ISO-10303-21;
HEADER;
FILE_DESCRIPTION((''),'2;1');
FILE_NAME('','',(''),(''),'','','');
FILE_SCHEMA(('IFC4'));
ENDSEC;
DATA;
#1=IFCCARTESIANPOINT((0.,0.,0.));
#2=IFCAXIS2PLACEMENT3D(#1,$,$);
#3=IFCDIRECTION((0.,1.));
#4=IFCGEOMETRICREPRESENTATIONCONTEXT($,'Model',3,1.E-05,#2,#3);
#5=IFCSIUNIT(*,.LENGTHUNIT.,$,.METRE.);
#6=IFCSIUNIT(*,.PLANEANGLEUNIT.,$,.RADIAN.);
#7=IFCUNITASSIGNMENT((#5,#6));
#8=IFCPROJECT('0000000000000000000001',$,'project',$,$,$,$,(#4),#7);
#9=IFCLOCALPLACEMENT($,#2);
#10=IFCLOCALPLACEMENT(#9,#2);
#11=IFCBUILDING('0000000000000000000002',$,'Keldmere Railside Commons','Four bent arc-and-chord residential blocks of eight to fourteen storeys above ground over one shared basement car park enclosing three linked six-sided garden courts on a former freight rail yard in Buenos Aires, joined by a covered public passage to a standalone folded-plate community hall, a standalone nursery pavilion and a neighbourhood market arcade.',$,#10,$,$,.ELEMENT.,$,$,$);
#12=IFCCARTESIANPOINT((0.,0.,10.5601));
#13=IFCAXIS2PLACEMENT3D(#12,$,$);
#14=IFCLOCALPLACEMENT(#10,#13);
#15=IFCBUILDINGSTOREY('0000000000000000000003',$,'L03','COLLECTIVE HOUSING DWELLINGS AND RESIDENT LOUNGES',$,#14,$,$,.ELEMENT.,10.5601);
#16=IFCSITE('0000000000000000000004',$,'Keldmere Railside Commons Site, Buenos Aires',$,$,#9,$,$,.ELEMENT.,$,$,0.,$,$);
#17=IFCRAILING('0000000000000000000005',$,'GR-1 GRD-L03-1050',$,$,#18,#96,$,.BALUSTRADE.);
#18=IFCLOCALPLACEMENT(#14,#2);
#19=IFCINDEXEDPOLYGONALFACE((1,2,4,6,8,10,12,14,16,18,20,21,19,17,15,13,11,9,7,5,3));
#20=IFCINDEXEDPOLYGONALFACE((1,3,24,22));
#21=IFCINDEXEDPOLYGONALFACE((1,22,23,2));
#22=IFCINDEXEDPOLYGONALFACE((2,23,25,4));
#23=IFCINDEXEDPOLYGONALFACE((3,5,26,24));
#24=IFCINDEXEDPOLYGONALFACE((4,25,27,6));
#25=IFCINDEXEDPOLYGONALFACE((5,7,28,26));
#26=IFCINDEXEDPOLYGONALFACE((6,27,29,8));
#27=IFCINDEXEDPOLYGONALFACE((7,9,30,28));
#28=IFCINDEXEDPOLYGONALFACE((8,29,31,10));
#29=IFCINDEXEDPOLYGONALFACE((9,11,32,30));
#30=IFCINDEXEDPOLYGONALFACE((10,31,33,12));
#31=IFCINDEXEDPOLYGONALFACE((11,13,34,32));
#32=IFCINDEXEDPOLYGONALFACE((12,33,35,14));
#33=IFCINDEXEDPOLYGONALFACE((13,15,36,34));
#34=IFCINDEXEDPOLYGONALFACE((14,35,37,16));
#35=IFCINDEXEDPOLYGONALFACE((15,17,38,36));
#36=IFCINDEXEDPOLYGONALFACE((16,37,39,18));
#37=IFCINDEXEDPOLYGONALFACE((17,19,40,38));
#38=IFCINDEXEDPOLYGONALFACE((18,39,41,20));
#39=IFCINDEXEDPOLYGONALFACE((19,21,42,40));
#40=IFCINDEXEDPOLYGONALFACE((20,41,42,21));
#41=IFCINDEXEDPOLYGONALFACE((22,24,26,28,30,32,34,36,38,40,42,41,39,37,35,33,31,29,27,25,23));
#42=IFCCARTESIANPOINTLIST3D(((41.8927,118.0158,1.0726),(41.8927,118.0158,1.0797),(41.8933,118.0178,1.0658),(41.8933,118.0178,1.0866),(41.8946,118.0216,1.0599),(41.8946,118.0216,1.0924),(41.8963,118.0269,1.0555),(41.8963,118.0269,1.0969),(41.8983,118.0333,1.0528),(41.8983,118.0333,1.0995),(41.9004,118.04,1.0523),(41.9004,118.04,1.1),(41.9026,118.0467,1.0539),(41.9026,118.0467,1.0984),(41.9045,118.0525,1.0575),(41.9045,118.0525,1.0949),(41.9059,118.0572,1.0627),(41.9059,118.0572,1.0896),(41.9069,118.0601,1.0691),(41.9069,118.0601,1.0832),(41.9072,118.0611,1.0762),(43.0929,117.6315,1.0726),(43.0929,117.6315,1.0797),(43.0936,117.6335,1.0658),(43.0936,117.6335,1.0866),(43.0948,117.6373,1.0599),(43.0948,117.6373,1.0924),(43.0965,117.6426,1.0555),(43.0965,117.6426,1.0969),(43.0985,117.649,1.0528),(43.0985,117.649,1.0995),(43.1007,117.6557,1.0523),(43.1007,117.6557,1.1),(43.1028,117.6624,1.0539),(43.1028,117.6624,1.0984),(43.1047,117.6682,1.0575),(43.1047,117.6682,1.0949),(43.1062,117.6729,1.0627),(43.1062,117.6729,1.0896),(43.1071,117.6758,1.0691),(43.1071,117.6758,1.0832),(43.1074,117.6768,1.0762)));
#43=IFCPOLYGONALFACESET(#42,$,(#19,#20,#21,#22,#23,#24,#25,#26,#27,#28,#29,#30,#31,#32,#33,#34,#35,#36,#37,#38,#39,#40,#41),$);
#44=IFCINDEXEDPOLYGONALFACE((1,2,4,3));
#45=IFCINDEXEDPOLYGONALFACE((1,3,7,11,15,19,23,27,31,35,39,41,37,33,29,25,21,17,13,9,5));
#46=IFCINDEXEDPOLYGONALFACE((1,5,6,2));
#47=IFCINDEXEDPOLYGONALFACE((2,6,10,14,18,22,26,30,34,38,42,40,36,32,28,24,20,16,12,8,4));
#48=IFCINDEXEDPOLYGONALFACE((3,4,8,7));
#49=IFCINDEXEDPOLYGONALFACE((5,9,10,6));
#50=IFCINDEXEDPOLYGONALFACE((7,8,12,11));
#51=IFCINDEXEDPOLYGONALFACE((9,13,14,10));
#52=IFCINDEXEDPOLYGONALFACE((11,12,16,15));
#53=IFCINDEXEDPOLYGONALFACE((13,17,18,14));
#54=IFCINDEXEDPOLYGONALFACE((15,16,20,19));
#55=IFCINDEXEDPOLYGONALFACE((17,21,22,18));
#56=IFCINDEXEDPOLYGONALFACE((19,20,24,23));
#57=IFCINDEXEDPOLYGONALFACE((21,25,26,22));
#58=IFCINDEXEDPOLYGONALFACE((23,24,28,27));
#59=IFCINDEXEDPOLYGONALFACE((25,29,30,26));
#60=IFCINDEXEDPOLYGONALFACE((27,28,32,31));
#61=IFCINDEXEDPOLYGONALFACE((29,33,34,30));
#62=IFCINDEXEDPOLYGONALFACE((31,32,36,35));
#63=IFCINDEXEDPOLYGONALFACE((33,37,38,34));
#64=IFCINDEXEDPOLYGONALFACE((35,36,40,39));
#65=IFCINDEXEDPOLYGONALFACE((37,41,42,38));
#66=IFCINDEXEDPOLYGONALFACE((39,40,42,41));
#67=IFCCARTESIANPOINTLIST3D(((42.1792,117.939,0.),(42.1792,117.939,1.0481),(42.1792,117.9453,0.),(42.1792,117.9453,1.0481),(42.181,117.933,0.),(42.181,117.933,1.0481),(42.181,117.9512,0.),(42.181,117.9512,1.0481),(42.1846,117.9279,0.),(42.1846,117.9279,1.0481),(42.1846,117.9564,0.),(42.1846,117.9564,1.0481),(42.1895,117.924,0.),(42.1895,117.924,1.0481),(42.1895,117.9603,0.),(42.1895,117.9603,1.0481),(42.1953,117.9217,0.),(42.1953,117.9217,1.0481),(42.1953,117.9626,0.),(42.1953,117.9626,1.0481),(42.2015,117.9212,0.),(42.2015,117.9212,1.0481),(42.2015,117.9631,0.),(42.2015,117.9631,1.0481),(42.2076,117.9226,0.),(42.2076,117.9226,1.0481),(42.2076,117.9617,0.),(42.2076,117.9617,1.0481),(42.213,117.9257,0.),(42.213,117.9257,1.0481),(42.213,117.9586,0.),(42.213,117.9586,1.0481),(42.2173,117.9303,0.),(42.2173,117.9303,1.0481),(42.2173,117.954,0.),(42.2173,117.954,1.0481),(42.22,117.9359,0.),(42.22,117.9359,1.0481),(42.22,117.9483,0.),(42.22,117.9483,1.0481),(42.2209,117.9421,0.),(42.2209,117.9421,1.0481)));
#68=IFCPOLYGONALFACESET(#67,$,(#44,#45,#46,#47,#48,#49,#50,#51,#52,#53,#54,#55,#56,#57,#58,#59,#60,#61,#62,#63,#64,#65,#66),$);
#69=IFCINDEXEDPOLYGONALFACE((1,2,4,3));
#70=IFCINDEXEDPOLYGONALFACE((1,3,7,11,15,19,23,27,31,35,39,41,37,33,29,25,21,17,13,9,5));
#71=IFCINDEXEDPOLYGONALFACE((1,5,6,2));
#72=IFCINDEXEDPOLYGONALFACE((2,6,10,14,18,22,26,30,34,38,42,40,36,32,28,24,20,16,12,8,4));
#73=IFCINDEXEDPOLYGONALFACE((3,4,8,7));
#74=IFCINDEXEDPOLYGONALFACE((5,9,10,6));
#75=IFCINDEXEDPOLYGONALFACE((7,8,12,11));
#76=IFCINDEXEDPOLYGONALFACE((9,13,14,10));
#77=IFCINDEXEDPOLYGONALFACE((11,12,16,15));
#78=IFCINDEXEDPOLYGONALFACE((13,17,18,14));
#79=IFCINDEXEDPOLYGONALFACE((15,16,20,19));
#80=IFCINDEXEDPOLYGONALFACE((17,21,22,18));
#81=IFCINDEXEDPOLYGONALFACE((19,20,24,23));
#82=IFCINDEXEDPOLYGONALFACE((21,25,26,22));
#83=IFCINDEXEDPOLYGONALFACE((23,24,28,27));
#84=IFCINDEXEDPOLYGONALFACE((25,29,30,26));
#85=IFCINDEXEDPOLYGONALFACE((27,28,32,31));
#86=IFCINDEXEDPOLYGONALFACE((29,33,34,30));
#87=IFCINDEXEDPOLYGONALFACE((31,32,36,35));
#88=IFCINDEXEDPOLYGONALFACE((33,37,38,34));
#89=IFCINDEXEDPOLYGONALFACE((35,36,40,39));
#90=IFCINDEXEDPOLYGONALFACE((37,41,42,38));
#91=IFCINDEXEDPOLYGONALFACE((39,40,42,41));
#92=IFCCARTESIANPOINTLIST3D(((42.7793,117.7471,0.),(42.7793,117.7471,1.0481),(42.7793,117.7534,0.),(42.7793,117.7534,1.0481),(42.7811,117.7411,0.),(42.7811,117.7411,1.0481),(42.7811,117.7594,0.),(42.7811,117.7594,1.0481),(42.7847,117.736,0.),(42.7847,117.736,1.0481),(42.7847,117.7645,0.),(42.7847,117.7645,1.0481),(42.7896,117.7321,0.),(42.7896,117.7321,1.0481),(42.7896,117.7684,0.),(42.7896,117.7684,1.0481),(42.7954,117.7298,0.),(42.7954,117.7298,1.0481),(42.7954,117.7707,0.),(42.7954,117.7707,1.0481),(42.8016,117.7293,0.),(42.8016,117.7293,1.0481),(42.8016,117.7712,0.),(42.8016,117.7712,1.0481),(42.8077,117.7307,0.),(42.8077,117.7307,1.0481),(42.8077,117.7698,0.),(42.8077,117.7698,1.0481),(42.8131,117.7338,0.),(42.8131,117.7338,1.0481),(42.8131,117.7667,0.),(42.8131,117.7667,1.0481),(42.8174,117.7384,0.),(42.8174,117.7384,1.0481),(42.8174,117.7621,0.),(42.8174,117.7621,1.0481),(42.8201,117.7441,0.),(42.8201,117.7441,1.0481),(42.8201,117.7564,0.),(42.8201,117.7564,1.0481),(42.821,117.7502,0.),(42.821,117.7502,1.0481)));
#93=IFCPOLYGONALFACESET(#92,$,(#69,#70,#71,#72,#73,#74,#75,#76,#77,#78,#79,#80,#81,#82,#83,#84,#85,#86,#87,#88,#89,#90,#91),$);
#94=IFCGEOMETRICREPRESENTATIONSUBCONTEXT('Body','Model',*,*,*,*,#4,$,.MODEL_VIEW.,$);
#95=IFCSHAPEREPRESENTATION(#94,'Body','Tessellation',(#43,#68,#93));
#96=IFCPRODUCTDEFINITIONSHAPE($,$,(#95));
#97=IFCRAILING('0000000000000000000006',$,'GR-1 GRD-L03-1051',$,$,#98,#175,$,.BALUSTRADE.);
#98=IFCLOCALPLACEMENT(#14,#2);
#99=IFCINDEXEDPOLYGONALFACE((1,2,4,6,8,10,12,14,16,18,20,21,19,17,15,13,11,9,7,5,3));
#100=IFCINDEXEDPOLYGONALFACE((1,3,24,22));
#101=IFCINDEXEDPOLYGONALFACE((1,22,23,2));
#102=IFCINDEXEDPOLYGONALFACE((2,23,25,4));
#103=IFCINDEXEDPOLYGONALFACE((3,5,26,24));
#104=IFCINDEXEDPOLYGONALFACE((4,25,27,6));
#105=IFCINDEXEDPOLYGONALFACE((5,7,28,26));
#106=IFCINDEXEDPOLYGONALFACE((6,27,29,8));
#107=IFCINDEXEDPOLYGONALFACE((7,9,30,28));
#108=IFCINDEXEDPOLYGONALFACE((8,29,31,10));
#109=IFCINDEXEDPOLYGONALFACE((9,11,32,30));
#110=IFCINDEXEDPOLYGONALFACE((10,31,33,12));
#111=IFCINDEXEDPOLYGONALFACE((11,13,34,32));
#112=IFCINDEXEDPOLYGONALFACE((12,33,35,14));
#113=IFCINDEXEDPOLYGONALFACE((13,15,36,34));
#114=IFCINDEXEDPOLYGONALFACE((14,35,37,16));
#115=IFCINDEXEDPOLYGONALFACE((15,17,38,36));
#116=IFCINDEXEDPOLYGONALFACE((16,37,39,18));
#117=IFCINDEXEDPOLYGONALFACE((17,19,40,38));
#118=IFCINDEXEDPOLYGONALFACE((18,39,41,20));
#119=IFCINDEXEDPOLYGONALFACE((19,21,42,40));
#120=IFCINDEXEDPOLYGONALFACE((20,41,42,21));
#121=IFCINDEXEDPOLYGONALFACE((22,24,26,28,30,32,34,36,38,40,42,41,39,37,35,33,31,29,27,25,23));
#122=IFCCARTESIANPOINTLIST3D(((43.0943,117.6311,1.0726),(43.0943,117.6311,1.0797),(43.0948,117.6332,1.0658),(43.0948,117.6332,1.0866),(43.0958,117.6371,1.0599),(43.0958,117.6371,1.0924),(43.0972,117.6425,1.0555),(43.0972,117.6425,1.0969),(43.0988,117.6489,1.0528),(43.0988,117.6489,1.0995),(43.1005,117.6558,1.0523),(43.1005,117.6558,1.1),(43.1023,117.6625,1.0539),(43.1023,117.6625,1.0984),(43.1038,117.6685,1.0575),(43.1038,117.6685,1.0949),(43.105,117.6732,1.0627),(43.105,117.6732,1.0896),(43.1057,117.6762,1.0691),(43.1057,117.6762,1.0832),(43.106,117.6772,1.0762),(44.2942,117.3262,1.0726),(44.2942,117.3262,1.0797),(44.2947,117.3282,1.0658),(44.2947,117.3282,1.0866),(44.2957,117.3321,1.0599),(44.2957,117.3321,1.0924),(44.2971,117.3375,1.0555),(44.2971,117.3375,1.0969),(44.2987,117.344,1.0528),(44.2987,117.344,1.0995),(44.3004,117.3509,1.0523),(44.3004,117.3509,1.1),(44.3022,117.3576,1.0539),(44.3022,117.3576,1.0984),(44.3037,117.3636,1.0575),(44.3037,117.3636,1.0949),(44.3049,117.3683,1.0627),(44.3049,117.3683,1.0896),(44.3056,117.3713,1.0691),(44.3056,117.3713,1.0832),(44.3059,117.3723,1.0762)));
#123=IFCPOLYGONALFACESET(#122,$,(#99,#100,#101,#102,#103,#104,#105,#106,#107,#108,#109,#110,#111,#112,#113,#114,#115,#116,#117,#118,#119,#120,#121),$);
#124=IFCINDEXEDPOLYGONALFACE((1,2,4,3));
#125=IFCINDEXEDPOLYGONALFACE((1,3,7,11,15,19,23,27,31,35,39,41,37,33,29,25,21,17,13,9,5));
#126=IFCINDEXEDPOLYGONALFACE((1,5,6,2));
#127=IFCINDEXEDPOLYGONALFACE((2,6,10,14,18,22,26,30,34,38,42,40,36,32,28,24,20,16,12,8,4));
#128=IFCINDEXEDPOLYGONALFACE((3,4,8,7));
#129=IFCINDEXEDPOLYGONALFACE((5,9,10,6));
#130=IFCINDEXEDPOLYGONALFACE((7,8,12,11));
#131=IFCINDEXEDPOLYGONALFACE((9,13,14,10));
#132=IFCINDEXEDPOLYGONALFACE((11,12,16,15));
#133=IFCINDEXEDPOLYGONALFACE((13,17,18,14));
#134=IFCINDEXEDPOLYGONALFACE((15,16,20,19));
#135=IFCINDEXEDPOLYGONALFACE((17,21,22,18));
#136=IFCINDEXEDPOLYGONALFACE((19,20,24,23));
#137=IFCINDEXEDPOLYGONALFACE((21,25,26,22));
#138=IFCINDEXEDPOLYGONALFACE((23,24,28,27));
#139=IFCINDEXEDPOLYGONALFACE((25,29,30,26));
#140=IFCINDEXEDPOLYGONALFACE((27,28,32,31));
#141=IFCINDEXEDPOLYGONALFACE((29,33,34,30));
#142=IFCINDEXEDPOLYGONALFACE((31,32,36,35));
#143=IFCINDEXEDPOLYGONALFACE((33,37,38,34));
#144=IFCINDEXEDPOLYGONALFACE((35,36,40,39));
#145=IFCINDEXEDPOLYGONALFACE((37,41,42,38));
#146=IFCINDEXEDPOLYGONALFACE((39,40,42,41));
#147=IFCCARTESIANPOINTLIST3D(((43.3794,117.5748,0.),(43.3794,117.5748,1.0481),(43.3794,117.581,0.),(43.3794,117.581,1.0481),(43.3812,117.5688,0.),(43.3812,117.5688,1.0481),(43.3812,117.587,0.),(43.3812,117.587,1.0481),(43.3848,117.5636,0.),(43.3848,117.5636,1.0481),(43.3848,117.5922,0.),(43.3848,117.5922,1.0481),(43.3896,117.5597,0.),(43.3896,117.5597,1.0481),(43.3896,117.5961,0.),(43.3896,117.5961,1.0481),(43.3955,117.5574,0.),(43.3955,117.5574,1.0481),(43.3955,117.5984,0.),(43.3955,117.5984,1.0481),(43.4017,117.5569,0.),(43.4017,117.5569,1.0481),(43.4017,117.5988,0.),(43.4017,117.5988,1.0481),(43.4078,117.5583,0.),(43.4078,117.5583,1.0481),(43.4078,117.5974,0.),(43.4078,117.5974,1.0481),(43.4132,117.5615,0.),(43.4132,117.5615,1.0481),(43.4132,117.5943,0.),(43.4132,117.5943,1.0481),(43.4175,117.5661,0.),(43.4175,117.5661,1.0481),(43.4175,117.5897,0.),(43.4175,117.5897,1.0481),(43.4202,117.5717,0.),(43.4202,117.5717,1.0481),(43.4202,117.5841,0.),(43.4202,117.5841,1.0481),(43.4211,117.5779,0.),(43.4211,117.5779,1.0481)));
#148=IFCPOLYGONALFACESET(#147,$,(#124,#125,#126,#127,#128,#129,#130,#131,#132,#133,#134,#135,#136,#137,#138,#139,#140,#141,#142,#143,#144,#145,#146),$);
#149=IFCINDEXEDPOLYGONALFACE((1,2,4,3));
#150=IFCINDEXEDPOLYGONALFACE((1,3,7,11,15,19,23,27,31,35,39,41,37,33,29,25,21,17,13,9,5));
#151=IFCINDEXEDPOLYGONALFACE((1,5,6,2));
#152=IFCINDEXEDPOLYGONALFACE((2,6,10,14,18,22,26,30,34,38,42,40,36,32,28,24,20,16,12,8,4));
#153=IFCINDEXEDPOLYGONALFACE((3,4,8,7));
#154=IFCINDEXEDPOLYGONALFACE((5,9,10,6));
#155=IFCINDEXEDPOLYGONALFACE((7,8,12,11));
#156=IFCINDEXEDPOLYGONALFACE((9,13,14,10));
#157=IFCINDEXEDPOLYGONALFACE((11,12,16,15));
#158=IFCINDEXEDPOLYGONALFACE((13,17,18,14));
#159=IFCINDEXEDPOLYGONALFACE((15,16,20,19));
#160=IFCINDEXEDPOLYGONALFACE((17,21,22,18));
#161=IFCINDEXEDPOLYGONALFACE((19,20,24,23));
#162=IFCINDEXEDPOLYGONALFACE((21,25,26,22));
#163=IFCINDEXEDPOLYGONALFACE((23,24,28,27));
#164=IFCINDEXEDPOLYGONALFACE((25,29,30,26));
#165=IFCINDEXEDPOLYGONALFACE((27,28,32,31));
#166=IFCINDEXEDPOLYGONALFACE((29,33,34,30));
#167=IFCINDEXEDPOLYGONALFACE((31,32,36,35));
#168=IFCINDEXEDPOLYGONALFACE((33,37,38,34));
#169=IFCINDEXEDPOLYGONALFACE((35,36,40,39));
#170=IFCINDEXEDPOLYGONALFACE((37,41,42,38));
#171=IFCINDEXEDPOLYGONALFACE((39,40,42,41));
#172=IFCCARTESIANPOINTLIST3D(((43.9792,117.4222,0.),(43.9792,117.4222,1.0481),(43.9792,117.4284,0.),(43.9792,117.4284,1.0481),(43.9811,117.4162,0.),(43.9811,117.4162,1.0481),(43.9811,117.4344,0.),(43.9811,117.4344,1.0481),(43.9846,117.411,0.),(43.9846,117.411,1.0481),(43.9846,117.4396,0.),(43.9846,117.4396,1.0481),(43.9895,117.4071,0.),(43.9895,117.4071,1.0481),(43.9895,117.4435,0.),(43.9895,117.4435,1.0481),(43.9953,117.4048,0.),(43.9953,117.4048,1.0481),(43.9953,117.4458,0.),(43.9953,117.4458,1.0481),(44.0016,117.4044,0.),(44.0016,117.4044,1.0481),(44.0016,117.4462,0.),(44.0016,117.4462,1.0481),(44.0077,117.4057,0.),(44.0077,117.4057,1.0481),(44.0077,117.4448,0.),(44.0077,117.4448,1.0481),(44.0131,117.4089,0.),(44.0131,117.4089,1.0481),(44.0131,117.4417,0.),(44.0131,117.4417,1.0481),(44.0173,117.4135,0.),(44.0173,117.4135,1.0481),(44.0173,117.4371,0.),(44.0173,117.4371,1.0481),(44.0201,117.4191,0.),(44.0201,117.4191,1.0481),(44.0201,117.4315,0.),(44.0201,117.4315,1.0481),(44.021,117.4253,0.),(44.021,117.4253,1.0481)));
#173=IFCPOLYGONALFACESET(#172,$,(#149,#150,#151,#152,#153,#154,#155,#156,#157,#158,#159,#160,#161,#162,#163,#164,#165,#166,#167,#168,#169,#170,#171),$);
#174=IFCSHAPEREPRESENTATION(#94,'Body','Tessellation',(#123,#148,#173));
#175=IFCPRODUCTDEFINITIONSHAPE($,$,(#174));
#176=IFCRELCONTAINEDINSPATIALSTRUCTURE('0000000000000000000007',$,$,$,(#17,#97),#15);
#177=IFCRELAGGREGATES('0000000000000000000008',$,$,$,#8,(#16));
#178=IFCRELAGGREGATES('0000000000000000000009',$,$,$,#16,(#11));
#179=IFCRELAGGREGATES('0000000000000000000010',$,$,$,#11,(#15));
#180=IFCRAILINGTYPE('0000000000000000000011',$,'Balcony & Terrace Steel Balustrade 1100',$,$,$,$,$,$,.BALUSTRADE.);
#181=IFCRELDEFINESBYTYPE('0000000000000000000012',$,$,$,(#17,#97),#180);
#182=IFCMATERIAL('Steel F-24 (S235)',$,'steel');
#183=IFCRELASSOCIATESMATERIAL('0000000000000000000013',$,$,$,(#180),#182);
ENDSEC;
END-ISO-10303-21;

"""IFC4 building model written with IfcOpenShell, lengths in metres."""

from ifc_helpers import new_model, si_unit, direction, frame, origin, origin_2d, place, context, subcontext, project, spatial, circle, extrude, material, type_object, element, save


model = new_model("IFC4")

# Units and contexts
model_context = context("Model", 3, precision=1e-05, world=origin(), true_north=direction((0.0, 1.0)))
body_context = subcontext(model_context, "Body", "Model", "MODEL_VIEW")
ifc_project = project(units=[si_unit("LENGTHUNIT", "METRE"), si_unit("PLANEANGLEUNIT", "RADIAN")], contexts=[model_context])

# Site, building, storey
site_placement = place(None, origin())
site = spatial("IfcSite", under=ifc_project, at=site_placement, Name="Keldmere Railside Commons Site, Buenos Aires", CompositionType="ELEMENT", RefElevation=0.0)
building_placement = place(site_placement, origin())
building = spatial("IfcBuilding", under=site, at=building_placement, Name="Keldmere Railside Commons", Description="Four bent arc-and-chord residential blocks of eight to fourteen storeys above ground over one shared basement car park enclosing three linked six-sided garden courts on a former freight rail yard in Buenos Aires, joined by a covered public passage to a standalone folded-plate community hall, a standalone nursery pavilion and a neighbourhood market arcade.", CompositionType="ELEMENT")
storey_placement = place(building_placement, frame((0.0, 0.0, 10.5601)))
storey = spatial("IfcBuildingStorey", under=building, at=storey_placement, Name="L03", Description="COLLECTIVE HOUSING DWELLINGS AND RESIDENT LOUNGES", CompositionType="ELEMENT", Elevation=10.5601)

# Railings
ifc_material_1 = material(Name="Steel F-24 (S235)", Category="steel")
railing_type = type_object("IfcRailingType", Name="Balcony & Terrace Steel Balustrade 1100", PredefinedType="BALUSTRADE", material=ifc_material_1)
railing_1_placement = place(storey_placement, frame((41.8999, 118.0383, 0.0)))
element("IfcRailing", 1, at=railing_1_placement, inside=storey, type_object=railing_type, Name="GR-1 GRD-L03-1050", PredefinedType="BALUSTRADE", context=body_context, shape_type="SweptSolid", body=[
    extrude(circle(Radius=0.0239, at=origin_2d()), frame((0.0, 0.0, 1.0762), z_axis=(0.952375, -0.30493, 0.0), x_axis=(0.30493, 0.952375, 0.0)), (0.0, 0.0, 1.0), 1.2603),
    extrude(circle(Radius=0.021, at=origin_2d()), frame((0.3, -0.0962, 0.0)), (0.0, 0.0, 1.0), 1.0481),
    extrude(circle(Radius=0.021, at=origin_2d()), frame((0.9001, -0.2881, 0.0)), (0.0, 0.0, 1.0), 1.0481),
])
railing_2_placement = place(storey_placement, frame((43.1001, 117.6541, 0.0)))
element("IfcRailing", 2, at=railing_2_placement, inside=storey, type_object=railing_type, Name="GR-1 GRD-L03-1051", PredefinedType="BALUSTRADE", context=body_context, shape_type="SweptSolid", body=[
    extrude(circle(Radius=0.0239, at=origin_2d()), frame((0.0, 0.0, 1.0762), z_axis=(0.969196, -0.246292, 0.0), x_axis=(0.246292, 0.969196, 0.0)), (0.0, 0.0, 1.0), 1.238),
    extrude(circle(Radius=0.021, at=origin_2d()), frame((0.3, -0.0762, 0.0)), (0.0, 0.0, 1.0), 1.0481),
    extrude(circle(Radius=0.021, at=origin_2d()), frame((0.8999, -0.2288, 0.0)), (0.0, 0.0, 1.0), 1.0481),
])

save(model, "model.ifc")
